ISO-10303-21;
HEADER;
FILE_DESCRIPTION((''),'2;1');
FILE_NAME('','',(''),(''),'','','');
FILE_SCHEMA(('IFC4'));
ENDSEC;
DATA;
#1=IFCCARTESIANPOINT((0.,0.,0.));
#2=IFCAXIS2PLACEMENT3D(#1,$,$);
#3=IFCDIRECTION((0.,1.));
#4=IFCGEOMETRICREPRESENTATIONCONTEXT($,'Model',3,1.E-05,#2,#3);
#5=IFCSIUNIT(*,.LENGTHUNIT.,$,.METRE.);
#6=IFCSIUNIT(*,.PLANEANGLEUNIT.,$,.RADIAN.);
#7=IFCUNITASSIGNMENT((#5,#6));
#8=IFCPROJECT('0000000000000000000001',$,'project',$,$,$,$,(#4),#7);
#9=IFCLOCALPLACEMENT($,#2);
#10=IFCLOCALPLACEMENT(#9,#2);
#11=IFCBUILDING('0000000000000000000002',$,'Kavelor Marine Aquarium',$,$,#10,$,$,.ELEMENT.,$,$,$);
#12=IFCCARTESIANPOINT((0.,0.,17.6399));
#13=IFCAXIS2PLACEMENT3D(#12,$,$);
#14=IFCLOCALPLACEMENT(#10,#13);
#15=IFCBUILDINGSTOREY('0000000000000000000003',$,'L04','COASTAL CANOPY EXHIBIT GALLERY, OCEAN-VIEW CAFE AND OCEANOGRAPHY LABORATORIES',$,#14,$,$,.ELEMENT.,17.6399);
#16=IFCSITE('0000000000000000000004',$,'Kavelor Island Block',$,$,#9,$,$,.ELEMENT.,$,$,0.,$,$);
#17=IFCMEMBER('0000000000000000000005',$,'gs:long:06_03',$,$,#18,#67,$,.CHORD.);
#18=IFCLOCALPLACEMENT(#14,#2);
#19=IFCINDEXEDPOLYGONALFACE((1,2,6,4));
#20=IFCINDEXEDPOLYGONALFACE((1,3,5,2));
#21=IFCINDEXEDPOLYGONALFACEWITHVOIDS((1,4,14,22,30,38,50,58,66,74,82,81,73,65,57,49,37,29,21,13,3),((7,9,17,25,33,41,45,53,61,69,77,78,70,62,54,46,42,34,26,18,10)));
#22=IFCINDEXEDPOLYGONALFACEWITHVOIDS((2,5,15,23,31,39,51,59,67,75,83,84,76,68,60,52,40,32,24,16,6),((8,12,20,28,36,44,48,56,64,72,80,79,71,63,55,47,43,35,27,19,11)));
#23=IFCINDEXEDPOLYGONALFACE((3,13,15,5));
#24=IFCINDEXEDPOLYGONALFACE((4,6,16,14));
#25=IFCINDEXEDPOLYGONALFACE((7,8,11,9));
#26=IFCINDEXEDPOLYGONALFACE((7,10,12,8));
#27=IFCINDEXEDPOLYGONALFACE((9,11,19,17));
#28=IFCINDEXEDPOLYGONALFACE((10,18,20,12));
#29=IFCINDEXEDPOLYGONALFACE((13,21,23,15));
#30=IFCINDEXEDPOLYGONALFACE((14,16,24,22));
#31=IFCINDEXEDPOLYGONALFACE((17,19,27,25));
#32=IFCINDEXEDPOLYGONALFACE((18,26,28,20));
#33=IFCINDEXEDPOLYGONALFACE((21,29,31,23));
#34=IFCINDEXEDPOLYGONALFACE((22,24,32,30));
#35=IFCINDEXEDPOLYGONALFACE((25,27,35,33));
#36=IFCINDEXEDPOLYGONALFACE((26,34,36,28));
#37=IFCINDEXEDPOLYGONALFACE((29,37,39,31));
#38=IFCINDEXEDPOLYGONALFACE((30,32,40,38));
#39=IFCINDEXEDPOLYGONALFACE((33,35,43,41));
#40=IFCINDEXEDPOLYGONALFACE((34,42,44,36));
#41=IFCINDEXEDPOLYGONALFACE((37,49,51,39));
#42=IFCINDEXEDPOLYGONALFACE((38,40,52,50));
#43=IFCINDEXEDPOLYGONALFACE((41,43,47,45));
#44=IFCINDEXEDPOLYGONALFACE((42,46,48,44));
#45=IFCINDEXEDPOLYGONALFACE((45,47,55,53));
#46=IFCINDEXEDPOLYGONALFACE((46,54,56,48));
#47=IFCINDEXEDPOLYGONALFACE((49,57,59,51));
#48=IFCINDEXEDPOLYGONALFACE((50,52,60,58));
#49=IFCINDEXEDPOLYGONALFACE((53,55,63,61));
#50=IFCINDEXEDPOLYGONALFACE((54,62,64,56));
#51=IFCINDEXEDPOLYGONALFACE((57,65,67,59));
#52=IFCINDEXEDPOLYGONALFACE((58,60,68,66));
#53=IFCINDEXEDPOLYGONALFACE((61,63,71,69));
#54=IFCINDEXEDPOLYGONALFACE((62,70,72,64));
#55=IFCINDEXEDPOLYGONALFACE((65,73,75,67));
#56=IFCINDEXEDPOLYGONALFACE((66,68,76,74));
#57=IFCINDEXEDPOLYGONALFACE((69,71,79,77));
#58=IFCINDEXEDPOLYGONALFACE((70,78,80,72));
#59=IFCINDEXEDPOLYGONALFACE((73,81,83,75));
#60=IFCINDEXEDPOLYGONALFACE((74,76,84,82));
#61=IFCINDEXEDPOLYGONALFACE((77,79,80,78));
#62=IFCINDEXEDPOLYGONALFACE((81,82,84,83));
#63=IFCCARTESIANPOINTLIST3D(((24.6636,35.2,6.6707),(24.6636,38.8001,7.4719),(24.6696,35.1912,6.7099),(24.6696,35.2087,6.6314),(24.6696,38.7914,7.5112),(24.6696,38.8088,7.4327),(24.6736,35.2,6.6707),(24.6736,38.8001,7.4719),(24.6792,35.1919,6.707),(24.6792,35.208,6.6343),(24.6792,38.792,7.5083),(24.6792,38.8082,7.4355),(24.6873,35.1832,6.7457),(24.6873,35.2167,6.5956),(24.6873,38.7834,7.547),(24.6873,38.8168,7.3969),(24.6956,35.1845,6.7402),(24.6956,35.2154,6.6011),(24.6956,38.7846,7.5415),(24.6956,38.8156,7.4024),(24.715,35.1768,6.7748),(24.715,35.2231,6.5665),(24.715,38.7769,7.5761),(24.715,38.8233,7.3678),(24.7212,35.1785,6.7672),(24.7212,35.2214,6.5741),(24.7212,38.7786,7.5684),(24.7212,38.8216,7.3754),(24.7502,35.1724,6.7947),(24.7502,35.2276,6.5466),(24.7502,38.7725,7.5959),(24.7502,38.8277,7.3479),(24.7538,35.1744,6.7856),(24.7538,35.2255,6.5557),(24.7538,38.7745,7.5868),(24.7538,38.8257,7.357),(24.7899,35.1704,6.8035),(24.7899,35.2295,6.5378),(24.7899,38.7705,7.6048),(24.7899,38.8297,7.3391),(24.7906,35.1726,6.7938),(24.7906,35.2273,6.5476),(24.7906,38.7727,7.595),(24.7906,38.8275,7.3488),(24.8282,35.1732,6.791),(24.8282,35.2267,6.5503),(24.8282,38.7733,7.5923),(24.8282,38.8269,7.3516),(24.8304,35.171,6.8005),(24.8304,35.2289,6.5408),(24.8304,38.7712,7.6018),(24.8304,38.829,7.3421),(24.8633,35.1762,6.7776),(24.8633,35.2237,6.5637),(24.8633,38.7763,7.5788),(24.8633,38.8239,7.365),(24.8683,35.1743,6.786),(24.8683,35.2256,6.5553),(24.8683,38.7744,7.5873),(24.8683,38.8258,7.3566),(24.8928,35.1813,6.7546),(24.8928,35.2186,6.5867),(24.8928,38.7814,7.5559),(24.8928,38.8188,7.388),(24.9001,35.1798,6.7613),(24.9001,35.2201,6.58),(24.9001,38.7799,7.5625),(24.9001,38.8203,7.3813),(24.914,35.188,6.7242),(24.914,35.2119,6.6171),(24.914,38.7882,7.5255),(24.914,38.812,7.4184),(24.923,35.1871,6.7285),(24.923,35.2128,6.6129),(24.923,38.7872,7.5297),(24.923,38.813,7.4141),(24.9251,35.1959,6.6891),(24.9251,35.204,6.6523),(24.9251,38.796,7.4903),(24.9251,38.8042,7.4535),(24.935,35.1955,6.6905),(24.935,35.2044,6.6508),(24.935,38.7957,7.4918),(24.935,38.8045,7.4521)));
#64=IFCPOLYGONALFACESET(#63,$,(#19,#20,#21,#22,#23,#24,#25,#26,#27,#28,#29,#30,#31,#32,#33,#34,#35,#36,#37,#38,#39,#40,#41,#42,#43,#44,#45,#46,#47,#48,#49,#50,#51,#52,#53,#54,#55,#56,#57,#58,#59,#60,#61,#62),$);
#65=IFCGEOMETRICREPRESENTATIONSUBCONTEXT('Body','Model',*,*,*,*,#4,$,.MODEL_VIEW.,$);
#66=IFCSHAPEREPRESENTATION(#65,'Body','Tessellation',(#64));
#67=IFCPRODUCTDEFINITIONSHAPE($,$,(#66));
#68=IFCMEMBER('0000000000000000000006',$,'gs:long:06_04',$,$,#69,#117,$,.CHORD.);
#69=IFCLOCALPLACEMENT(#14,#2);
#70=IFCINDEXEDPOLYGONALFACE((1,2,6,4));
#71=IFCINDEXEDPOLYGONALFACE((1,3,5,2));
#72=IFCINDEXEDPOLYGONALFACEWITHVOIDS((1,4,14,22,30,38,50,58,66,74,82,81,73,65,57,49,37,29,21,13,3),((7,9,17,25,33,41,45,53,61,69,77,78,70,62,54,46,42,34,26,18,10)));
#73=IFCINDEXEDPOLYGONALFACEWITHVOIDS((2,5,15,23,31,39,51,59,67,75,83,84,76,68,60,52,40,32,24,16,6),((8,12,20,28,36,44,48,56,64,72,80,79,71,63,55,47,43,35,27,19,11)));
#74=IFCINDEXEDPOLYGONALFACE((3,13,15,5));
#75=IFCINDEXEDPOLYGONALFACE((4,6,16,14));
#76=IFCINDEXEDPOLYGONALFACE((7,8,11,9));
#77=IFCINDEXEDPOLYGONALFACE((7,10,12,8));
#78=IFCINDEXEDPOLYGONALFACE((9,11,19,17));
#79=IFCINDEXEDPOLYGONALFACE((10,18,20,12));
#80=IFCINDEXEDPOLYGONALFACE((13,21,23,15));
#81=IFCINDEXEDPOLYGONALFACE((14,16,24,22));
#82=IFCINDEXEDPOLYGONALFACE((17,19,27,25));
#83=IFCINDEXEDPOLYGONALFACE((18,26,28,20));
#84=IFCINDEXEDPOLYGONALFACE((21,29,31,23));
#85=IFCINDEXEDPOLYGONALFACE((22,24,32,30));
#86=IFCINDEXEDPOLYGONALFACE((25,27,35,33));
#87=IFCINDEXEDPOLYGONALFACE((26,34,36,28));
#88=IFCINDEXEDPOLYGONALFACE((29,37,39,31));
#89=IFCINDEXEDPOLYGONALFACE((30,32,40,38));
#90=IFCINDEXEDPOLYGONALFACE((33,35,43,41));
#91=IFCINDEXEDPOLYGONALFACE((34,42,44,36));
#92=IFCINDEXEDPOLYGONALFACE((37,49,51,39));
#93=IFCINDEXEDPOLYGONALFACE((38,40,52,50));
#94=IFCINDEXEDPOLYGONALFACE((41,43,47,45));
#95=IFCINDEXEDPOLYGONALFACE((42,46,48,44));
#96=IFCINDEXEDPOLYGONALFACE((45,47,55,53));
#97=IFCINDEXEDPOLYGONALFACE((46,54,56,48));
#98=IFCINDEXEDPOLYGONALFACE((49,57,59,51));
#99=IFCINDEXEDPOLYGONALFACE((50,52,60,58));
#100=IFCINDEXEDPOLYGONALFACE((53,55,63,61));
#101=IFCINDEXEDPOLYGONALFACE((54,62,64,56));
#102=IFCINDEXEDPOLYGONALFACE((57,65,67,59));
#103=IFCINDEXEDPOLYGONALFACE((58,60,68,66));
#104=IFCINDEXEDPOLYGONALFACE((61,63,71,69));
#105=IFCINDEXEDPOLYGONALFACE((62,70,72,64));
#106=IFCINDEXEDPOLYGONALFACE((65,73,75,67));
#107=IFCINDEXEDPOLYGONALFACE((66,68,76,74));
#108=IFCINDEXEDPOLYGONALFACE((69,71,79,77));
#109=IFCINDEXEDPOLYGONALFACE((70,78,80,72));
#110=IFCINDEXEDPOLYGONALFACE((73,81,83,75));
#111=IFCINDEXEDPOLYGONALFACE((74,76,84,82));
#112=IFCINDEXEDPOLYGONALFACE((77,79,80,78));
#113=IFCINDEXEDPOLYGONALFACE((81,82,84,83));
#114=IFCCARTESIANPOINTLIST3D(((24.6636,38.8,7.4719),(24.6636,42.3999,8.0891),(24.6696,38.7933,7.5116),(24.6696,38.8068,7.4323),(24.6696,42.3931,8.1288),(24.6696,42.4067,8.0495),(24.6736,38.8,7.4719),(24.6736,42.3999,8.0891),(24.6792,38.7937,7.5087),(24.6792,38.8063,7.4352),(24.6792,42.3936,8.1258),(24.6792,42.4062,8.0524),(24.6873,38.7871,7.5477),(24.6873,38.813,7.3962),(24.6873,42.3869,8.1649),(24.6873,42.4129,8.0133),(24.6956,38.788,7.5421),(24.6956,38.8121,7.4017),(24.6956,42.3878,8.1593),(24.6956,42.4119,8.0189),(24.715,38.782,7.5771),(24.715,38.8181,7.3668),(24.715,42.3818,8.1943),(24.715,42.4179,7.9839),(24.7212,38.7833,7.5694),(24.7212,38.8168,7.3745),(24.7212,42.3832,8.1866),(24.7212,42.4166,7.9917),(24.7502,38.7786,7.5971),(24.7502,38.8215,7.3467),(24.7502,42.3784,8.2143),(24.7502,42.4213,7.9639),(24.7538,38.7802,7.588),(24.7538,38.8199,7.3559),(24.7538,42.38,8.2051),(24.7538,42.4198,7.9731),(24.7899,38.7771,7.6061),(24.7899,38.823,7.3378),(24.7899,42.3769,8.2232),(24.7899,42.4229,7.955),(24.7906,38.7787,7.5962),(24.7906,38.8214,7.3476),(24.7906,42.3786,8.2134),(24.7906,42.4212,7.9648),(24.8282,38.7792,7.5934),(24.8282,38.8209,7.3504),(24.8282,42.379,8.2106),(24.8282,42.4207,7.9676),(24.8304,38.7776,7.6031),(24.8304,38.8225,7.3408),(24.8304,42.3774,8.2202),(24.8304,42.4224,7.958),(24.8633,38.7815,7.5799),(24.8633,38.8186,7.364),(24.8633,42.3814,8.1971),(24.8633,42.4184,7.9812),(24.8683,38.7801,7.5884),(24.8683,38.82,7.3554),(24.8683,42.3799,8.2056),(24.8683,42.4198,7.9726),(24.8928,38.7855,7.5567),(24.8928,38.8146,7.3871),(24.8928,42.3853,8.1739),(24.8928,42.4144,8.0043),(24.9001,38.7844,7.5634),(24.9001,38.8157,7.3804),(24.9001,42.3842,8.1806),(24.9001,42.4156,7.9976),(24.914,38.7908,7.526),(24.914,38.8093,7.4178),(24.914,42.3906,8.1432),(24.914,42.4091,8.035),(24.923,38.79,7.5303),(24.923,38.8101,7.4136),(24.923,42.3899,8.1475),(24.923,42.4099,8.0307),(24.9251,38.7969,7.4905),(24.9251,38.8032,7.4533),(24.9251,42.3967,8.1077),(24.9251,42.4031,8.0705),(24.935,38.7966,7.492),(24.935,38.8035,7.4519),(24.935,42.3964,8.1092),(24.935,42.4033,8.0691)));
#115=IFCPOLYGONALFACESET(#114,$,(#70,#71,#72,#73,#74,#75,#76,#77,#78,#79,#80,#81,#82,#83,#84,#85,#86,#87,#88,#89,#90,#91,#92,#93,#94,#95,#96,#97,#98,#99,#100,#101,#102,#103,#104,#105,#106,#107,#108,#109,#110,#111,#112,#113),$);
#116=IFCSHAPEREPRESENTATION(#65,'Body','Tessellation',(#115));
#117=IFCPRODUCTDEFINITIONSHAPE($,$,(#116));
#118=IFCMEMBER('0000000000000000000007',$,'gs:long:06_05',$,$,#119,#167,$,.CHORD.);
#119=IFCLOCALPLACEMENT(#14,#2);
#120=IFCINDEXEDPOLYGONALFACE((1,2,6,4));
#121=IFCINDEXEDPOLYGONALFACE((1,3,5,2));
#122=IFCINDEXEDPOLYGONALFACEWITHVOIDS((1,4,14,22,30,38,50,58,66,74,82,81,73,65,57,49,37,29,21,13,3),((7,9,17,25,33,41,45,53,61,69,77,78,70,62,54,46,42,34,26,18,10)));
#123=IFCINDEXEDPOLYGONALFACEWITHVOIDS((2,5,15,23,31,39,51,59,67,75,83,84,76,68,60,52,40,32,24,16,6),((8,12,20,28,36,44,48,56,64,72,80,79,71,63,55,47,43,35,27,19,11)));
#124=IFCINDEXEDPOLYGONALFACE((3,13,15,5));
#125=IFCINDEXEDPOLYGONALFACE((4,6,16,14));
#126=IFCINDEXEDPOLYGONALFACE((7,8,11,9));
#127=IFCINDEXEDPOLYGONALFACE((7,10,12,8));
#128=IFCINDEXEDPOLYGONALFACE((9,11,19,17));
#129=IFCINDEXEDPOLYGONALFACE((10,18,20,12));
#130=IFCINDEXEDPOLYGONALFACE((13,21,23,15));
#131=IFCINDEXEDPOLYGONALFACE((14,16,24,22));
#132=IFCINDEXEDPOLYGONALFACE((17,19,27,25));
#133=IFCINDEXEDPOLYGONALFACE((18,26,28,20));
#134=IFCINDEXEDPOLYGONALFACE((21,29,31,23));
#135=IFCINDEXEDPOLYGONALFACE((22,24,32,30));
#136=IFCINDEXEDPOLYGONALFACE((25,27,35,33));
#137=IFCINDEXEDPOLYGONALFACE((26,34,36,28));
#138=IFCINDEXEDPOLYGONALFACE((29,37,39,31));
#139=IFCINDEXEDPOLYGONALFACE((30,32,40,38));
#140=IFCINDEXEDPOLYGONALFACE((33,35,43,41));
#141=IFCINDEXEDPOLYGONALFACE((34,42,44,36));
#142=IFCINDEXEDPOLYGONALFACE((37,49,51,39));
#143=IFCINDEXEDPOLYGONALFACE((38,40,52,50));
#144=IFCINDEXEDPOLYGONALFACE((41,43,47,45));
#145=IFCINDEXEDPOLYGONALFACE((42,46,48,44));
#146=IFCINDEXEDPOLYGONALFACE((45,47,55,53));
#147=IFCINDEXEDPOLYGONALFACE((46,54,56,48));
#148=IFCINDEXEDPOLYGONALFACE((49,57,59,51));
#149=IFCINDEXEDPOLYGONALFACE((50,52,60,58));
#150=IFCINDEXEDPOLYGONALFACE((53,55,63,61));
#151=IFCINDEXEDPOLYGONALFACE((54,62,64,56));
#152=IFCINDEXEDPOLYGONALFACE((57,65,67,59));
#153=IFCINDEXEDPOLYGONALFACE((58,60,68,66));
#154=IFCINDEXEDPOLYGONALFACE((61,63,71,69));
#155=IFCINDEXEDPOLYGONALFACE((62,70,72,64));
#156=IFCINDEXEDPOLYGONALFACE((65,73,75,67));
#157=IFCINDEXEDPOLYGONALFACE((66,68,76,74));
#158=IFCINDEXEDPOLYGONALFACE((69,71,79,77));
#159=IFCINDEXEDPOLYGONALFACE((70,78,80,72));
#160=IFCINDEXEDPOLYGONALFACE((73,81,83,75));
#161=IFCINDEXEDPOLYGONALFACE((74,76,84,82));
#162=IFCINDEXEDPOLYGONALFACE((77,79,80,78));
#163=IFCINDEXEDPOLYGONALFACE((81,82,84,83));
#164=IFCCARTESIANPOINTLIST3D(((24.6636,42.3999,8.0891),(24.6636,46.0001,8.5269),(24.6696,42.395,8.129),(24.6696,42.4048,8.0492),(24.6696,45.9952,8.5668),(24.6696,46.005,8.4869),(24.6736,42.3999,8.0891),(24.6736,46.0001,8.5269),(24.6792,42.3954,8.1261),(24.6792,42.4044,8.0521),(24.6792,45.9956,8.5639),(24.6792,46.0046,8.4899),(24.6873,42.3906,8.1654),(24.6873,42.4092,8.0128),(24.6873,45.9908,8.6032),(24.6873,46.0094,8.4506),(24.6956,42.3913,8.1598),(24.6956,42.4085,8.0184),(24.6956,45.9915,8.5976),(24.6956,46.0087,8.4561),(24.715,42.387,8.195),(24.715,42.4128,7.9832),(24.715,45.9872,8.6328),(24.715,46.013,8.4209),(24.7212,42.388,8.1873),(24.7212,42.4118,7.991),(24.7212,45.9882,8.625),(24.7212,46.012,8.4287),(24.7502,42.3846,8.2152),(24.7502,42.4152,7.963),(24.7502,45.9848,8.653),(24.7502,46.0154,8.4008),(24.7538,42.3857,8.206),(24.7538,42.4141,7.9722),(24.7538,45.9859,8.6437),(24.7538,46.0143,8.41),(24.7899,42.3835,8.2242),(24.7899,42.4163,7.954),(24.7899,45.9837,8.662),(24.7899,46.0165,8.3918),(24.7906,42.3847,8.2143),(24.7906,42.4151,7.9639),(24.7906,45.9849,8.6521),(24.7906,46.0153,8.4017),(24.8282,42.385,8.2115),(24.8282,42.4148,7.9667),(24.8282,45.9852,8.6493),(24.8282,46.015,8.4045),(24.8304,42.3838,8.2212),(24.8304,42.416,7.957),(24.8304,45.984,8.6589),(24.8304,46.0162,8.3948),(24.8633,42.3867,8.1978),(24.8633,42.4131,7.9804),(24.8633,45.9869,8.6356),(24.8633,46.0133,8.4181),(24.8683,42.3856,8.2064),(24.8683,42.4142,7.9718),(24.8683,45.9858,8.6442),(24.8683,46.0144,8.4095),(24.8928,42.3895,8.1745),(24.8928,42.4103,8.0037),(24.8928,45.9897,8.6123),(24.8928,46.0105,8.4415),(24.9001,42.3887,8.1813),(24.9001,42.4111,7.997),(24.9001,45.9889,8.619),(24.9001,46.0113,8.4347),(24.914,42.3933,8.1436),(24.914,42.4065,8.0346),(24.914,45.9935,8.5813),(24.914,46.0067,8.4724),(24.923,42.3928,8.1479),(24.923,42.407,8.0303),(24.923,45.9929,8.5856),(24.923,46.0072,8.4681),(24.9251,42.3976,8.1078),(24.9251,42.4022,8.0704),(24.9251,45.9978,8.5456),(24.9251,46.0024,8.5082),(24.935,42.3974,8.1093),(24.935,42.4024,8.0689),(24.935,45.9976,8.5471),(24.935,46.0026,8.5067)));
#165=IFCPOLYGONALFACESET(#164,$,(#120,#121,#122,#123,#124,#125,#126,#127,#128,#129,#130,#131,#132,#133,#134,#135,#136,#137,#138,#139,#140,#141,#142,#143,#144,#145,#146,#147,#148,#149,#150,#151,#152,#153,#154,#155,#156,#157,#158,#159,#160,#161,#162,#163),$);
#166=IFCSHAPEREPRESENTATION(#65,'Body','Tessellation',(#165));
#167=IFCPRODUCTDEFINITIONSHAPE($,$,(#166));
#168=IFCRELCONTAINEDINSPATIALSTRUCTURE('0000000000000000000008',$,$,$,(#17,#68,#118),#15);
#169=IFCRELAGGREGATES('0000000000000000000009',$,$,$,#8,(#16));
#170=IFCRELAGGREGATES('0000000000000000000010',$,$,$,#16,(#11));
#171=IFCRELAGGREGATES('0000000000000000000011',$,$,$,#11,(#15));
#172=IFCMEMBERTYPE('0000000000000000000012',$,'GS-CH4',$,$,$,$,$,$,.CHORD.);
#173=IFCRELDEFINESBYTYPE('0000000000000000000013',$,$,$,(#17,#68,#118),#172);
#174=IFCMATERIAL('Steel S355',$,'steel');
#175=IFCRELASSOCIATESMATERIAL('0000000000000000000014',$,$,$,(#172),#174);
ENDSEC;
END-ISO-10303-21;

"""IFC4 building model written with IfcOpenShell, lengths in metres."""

from ifc_helpers import new_model, si_unit, direction, frame, origin, origin_2d, place, context, subcontext, project, spatial, hollow_circle, extrude, material, material_profile, profile_set, type_object, element, save


model = new_model("IFC4")

# Units and contexts
model_context = context("Model", 3, precision=1e-05, world=origin(), true_north=direction((0.0, 1.0)))
body_context = subcontext(model_context, "Body", "Model", "MODEL_VIEW")
ifc_project = project(units=[si_unit("LENGTHUNIT", "METRE"), si_unit("PLANEANGLEUNIT", "RADIAN")], contexts=[model_context])

# Site, building, storey
site_placement = place(None, origin())
site = spatial("IfcSite", under=ifc_project, at=site_placement, Name="Kavelor Island Block", CompositionType="ELEMENT", RefElevation=0.0)
building_placement = place(site_placement, origin())
building = spatial("IfcBuilding", under=site, at=building_placement, Name="Kavelor Marine Aquarium", CompositionType="ELEMENT")
storey_placement = place(building_placement, frame((0.0, 0.0, 17.6399)))
storey = spatial("IfcBuildingStorey", under=building, at=storey_placement, Name="L04", Description="COASTAL CANOPY EXHIBIT GALLERY, OCEAN-VIEW CAFE AND OCEANOGRAPHY LABORATORIES", CompositionType="ELEMENT", Elevation=17.6399)

# Members
ifc_material_1 = material(Name="Steel S355", Category="steel")
ifc_material_profile_1 = material_profile(ifc_material_1, hollow_circle(Radius=0.1365, WallThickness=0.01, at=origin_2d()), Name="CHS 273.0x10.0")
ifc_profile_set_1 = profile_set([ifc_material_profile_1], Name="Steel S355")
member_type_1 = type_object("IfcMemberType", Name="GS-CH4", PredefinedType="CHORD", material=ifc_profile_set_1)
member_1_placement = place(storey_placement, frame((24.8, 35.2, 6.6707), z_axis=(0.0, 0.976115, 0.217253), x_axis=(-1.0, 0.0, 0.0)))
element("IfcMember", 1, at=member_1_placement, inside=storey, type_object=member_type_1, Name="gs:long:06_03", PredefinedType="CHORD", context=body_context, shape_type="SweptSolid", body=[
    extrude(hollow_circle(Radius=0.1365, WallThickness=0.01, at=origin_2d()), origin(), (0.0, 0.0, 1.0), 3.6882),
])
member_2_placement = place(storey_placement, frame((24.8, 38.8, 7.4719), z_axis=(0.0, 0.985619, 0.168982), x_axis=(-1.0, 0.0, 0.0)))
element("IfcMember", 2, at=member_2_placement, inside=storey, type_object=member_type_1, Name="gs:long:06_04", PredefinedType="CHORD", context=body_context, shape_type="SweptSolid", body=[
    extrude(hollow_circle(Radius=0.1365, WallThickness=0.01, at=origin_2d()), origin(), (0.0, 0.0, 1.0), 3.6523),
])
member_3_placement = place(storey_placement, frame((24.8, 42.3999, 8.0891), z_axis=(0.0, 0.992689, 0.120703), x_axis=(-1.0, 0.0, 0.0)))
element("IfcMember", 3, at=member_3_placement, inside=storey, type_object=member_type_1, Name="gs:long:06_05", PredefinedType="CHORD", context=body_context, shape_type="SweptSolid", body=[
    extrude(hollow_circle(Radius=0.1365, WallThickness=0.01, at=origin_2d()), origin(), (0.0, 0.0, 1.0), 3.6267),
])

save(model, "model.ifc")
